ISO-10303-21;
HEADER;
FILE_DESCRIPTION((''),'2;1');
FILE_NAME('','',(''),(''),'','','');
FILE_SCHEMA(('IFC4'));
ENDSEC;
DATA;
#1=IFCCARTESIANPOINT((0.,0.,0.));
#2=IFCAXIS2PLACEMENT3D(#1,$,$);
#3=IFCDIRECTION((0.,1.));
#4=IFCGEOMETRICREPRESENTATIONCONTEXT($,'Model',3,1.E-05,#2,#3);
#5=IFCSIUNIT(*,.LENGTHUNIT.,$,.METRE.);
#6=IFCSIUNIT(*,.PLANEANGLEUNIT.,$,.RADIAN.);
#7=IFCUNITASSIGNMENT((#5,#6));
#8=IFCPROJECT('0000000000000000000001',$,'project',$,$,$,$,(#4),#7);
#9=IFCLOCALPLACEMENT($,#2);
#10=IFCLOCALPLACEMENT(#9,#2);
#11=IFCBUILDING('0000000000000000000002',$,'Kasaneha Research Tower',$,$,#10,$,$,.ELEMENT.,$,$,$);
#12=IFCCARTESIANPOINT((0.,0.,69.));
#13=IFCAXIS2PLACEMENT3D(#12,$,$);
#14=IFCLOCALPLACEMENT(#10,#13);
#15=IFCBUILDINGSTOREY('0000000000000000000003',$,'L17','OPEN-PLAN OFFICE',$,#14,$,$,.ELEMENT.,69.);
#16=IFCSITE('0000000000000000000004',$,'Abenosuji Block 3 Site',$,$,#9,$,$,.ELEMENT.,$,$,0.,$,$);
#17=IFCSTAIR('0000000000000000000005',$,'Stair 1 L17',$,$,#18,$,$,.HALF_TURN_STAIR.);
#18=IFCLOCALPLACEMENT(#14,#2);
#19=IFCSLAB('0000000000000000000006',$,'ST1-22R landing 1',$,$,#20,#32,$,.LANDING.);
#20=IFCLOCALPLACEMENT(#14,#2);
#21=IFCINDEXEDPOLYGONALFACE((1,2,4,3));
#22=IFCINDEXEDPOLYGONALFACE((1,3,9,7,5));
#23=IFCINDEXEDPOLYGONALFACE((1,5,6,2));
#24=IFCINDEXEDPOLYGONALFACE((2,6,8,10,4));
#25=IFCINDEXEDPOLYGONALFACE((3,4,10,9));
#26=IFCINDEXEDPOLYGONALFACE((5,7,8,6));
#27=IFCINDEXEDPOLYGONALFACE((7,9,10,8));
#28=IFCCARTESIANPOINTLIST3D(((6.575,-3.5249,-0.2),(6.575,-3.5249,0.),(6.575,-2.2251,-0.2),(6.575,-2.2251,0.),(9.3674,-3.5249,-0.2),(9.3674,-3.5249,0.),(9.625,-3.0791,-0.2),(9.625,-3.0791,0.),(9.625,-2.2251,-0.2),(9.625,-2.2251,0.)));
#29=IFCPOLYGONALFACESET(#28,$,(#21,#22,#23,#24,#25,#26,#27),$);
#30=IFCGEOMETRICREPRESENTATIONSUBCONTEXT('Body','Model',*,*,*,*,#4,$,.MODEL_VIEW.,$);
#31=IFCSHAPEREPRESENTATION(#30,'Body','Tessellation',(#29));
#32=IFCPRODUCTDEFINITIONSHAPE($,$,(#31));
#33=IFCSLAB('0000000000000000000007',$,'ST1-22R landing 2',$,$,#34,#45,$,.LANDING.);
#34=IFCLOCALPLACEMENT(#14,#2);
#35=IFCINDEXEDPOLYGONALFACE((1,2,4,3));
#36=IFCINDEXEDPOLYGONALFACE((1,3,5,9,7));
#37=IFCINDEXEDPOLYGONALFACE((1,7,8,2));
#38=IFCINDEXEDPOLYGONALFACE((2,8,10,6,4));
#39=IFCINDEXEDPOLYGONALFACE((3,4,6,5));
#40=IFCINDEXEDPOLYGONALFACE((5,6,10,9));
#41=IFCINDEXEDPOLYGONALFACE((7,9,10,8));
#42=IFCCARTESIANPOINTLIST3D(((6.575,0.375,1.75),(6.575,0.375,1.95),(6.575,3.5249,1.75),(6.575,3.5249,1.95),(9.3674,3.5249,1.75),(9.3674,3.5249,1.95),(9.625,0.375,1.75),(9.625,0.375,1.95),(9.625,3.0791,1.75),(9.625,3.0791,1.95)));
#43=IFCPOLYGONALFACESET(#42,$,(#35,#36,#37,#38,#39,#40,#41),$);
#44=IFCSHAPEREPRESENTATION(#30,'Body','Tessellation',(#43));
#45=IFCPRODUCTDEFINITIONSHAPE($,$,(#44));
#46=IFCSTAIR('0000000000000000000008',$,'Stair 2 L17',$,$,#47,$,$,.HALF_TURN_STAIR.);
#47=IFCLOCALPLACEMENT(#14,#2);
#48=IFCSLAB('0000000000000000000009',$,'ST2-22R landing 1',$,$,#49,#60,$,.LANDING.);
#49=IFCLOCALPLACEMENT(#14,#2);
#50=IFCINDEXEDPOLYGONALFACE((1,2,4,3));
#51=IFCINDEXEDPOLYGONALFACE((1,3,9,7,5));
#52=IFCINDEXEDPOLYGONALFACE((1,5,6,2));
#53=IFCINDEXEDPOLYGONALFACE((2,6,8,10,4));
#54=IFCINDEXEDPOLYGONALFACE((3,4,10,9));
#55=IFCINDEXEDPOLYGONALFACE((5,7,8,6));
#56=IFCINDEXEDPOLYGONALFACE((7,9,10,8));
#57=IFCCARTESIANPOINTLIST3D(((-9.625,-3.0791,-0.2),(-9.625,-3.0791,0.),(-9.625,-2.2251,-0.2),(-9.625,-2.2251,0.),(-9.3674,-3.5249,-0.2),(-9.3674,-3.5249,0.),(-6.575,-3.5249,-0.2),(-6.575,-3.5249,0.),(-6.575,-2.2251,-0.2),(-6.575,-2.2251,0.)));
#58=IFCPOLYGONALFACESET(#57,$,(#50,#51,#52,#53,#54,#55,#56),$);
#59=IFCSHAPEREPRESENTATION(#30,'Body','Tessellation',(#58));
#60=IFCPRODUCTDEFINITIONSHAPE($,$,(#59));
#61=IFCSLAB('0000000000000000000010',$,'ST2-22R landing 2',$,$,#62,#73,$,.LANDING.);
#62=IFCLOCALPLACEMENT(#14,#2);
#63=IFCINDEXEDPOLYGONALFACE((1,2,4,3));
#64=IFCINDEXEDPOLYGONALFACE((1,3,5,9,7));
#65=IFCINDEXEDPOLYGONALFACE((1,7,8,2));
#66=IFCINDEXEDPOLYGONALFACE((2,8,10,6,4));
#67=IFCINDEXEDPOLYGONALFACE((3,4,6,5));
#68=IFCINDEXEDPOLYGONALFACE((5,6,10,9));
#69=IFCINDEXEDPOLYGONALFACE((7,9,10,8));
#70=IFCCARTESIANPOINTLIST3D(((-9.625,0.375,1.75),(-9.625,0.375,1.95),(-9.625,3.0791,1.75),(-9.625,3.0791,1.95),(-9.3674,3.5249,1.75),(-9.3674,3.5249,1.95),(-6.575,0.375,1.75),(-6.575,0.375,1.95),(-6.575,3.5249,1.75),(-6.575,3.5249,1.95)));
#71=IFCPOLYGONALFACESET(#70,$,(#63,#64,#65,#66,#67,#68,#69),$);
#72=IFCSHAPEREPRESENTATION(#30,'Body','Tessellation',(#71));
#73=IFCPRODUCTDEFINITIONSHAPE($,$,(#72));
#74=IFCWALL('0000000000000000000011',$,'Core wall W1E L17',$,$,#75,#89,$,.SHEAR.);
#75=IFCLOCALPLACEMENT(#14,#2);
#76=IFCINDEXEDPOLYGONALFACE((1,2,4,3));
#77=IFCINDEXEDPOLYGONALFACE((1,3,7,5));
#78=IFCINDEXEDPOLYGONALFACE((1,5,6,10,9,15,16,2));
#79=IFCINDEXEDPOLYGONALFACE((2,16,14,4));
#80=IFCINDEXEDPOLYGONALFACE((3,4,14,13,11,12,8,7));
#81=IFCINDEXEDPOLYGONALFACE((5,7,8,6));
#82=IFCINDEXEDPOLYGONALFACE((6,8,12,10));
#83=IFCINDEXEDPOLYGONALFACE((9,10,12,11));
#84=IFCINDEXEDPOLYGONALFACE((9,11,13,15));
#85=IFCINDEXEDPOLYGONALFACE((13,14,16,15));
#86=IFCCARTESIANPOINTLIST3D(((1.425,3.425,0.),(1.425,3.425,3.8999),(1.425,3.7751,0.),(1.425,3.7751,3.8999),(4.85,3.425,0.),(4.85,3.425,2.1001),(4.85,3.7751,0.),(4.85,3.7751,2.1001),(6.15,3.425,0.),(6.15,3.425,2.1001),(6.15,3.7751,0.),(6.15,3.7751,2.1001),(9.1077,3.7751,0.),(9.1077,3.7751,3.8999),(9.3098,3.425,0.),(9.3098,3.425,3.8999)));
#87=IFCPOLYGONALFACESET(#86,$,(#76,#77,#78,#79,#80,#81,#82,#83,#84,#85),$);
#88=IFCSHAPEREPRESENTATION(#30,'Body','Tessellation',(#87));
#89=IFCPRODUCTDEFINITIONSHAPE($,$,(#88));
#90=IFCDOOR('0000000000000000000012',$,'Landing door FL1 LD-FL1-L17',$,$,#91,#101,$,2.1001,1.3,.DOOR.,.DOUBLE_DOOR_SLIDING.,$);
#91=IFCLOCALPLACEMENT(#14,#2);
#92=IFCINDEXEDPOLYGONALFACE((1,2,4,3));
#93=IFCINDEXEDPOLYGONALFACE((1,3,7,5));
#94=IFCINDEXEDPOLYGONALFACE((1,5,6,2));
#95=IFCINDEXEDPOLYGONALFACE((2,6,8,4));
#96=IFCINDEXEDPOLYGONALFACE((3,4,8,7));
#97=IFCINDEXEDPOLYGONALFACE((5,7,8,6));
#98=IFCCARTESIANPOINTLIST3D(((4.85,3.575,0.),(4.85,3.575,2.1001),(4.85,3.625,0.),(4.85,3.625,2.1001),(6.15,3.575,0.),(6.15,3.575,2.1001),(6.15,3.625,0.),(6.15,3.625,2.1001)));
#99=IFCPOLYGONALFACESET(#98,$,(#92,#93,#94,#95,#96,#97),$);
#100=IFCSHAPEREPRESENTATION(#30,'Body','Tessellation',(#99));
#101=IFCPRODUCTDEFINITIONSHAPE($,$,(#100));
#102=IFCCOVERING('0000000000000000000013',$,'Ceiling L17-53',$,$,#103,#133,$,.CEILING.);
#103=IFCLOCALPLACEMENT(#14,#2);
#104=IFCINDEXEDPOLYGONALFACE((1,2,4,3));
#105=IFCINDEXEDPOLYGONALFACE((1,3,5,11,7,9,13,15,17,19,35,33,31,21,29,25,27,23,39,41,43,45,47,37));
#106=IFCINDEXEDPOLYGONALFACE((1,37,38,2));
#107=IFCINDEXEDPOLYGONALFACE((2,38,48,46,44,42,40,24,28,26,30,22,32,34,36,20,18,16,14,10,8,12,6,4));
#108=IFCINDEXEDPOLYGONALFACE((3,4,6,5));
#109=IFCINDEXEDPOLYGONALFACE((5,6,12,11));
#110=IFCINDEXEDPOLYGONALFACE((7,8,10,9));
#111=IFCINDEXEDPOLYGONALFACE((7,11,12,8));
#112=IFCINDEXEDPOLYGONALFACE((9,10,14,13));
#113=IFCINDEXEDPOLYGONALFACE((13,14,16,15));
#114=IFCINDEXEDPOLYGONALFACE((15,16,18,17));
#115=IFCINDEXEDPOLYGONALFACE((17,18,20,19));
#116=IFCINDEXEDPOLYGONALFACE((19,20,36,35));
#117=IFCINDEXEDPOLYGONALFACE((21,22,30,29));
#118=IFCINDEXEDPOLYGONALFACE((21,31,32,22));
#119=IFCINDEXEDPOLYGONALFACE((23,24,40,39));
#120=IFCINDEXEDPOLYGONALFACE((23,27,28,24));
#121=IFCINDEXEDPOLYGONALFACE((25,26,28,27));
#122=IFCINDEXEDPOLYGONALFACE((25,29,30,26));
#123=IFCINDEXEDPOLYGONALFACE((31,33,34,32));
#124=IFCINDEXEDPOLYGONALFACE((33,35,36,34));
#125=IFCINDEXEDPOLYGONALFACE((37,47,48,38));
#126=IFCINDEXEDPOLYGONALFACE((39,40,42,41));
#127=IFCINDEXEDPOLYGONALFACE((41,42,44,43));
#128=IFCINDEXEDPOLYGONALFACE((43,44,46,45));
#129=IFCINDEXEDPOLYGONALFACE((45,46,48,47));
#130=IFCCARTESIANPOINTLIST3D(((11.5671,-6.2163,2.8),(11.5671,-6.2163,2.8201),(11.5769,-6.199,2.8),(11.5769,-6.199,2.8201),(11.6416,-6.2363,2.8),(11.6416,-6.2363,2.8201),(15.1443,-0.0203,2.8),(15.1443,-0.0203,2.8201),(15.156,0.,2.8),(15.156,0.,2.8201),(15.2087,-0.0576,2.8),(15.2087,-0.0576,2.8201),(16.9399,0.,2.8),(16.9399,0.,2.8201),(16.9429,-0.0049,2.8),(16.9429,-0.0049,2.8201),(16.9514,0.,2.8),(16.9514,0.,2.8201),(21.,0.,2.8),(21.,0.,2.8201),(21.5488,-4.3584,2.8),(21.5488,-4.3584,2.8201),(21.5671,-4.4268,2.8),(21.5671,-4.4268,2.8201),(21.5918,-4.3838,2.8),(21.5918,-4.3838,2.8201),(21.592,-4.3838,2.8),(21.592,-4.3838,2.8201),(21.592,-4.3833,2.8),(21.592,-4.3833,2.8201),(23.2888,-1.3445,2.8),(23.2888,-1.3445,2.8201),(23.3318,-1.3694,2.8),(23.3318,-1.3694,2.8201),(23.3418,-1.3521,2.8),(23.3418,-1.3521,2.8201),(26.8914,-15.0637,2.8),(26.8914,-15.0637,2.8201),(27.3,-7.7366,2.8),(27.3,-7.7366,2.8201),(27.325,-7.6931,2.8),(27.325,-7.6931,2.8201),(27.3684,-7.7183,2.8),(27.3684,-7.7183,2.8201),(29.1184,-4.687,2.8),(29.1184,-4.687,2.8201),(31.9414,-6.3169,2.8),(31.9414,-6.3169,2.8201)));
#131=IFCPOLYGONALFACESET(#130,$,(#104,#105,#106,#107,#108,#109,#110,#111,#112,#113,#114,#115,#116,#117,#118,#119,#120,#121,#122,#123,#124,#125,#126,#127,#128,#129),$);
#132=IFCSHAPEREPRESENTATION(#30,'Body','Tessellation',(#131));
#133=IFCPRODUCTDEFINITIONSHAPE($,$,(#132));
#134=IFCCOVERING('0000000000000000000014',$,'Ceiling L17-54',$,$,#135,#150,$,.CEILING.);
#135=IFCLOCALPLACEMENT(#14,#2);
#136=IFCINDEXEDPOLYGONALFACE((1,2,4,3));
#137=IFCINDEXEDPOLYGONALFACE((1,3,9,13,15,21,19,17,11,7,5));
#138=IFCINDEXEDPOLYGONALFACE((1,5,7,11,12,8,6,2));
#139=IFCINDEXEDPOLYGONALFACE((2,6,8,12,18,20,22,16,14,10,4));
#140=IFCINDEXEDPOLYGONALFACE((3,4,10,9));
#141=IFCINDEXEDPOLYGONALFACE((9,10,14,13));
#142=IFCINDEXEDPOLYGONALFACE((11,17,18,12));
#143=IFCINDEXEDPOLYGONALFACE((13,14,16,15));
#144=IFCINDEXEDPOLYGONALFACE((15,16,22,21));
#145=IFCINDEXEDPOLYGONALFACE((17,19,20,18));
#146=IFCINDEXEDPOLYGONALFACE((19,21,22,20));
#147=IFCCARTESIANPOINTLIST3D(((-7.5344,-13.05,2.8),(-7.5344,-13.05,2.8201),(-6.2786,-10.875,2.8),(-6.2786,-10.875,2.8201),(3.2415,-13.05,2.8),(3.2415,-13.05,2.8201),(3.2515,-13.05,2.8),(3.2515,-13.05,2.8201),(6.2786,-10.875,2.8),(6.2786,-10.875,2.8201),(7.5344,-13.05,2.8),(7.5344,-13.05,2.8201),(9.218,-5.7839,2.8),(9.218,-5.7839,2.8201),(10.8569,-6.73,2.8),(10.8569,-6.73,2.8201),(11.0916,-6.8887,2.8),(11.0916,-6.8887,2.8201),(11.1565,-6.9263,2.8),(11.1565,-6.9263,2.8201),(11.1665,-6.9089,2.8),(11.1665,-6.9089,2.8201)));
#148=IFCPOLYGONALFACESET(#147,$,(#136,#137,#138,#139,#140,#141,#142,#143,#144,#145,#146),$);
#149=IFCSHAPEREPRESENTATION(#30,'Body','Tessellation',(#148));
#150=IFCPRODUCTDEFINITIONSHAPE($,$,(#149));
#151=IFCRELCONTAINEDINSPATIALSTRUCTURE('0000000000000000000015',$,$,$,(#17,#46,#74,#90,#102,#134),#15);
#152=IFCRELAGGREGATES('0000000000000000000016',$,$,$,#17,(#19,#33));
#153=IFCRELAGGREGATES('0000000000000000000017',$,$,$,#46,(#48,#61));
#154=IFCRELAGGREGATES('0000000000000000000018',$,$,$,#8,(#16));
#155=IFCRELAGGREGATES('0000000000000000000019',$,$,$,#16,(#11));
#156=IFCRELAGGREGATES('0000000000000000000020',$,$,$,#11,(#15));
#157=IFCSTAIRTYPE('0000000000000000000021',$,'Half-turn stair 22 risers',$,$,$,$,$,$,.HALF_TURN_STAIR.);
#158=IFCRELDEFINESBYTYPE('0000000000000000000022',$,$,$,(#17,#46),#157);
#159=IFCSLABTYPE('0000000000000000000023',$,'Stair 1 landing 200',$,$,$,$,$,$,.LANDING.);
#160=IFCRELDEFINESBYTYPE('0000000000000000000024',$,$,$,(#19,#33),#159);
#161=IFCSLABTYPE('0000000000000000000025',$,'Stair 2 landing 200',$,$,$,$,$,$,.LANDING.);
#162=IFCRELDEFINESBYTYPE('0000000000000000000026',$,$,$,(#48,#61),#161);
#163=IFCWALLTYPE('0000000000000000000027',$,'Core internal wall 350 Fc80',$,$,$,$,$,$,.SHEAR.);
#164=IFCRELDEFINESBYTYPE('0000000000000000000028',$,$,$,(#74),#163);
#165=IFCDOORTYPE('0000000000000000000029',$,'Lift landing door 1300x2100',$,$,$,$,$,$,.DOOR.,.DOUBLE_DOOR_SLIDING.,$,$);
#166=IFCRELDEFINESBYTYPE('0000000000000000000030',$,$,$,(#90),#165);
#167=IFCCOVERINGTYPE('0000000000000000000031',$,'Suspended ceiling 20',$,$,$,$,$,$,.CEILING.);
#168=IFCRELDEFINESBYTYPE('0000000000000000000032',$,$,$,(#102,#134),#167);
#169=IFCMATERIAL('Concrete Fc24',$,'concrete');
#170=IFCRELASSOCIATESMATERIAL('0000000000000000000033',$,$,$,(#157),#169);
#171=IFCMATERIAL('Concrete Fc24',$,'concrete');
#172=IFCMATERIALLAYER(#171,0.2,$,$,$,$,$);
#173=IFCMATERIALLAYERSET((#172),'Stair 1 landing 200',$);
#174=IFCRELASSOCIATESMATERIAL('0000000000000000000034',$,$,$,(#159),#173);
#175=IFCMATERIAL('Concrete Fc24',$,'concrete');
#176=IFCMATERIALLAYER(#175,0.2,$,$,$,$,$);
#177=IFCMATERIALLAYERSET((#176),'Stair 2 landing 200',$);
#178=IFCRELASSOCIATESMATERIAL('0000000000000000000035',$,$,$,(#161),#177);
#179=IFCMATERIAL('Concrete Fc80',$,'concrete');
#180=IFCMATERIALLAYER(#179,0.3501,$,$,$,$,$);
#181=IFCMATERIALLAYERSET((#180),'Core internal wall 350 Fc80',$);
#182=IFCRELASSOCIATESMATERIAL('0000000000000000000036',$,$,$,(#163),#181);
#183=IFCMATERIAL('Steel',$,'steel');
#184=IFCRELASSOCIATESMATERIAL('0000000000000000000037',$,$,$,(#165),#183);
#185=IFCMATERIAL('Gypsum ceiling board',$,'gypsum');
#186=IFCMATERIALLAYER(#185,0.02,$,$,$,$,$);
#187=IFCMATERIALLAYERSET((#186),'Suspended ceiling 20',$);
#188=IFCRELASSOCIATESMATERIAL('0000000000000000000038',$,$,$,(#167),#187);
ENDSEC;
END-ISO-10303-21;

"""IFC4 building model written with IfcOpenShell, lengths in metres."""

from ifc_helpers import new_model, si_unit, direction, frame, frame_2d, origin, place, context, subcontext, project, spatial, polyline, rectangle, outline, extrude, material, layer, layer_set, type_object, element, fill, aggregate, save


model = new_model("IFC4")

# Units and contexts
model_context = context("Model", 3, precision=1e-05, world=origin(), true_north=direction((0.0, 1.0)))
body_context = subcontext(model_context, "Body", "Model", "MODEL_VIEW")
ifc_project = project(units=[si_unit("LENGTHUNIT", "METRE"), si_unit("PLANEANGLEUNIT", "RADIAN")], contexts=[model_context])

# Site, building, storey
site_placement = place(None, origin())
site = spatial("IfcSite", under=ifc_project, at=site_placement, Name="Abenosuji Block 3 Site", CompositionType="ELEMENT", RefElevation=0.0)
building_placement = place(site_placement, origin())
building = spatial("IfcBuilding", under=site, at=building_placement, Name="Kasaneha Research Tower", CompositionType="ELEMENT")
storey_placement = place(building_placement, frame((0.0, 0.0, 69.0)))
storey = spatial("IfcBuildingStorey", under=building, at=storey_placement, Name="L17", Description="OPEN-PLAN OFFICE", CompositionType="ELEMENT", Elevation=69.0)

# Stairs, slabs
ifc_material_1 = material(Name="Concrete Fc24", Category="concrete")
stair_type = type_object("IfcStairType", Name="Half-turn stair 22 risers", PredefinedType="HALF_TURN_STAIR", material=ifc_material_1)
stair_1_placement = place(storey_placement, origin())
stair_1 = element("IfcStair", 1, at=stair_1_placement, inside=storey, type_object=stair_type, Name="Stair 1 L17", PredefinedType="HALF_TURN_STAIR")
ifc_material_2 = material(Name="Concrete Fc24", Category="concrete")
ifc_layer_1 = layer(ifc_material_2, 0.2)
ifc_layer_set_1 = layer_set([ifc_layer_1], Name="Stair 1 landing 200")
slab_type_1 = type_object("IfcSlabType", Name="Stair 1 landing 200", PredefinedType="LANDING", material=ifc_layer_set_1)
slab_1_placement = place(storey_placement, frame((0.0, 0.0, -0.2)))
slab_1 = element("IfcSlab", 2, at=slab_1_placement, type_object=slab_type_1, Name="ST1-22R landing 1", PredefinedType="LANDING", context=body_context, shape_type="SweptSolid", body=[
    extrude(outline(polyline([(9.3674, -3.5249), (6.575, -3.5249), (6.575, -2.2251), (9.625, -2.2251), (9.625, -3.0791), (9.3674, -3.5249)])), origin(), (0.0, 0.0, 1.0), 0.2),
])
slab_2_placement = place(storey_placement, frame((0.0, 0.0, 1.75)))
slab_2 = element("IfcSlab", 3, at=slab_2_placement, type_object=slab_type_1, Name="ST1-22R landing 2", PredefinedType="LANDING", context=body_context, shape_type="SweptSolid", body=[
    extrude(outline(polyline([(6.575, 3.5249), (9.3674, 3.5249), (9.625, 3.0791), (9.625, 0.375), (6.575, 0.375), (6.575, 3.5249)])), origin(), (0.0, 0.0, 1.0), 0.2),
])
aggregate(stair_1, [slab_1, slab_2])
stair_2_placement = place(storey_placement, origin())
stair_2 = element("IfcStair", 4, at=stair_2_placement, inside=storey, type_object=stair_type, Name="Stair 2 L17", PredefinedType="HALF_TURN_STAIR")
ifc_material_3 = material(Name="Concrete Fc24", Category="concrete")
ifc_layer_2 = layer(ifc_material_3, 0.2)
ifc_layer_set_2 = layer_set([ifc_layer_2], Name="Stair 2 landing 200")
slab_type_2 = type_object("IfcSlabType", Name="Stair 2 landing 200", PredefinedType="LANDING", material=ifc_layer_set_2)
slab_3_placement = place(storey_placement, frame((0.0, 0.0, -0.2)))
slab_3 = element("IfcSlab", 5, at=slab_3_placement, type_object=slab_type_2, Name="ST2-22R landing 1", PredefinedType="LANDING", context=body_context, shape_type="SweptSolid", body=[
    extrude(outline(polyline([(-6.575, -3.5249), (-9.3674, -3.5249), (-9.625, -3.0791), (-9.625, -2.2251), (-6.575, -2.2251), (-6.575, -3.5249)])), origin(), (0.0, 0.0, 1.0), 0.2),
])
slab_4_placement = place(storey_placement, frame((0.0, 0.0, 1.75)))
slab_4 = element("IfcSlab", 6, at=slab_4_placement, type_object=slab_type_2, Name="ST2-22R landing 2", PredefinedType="LANDING", context=body_context, shape_type="SweptSolid", body=[
    extrude(outline(polyline([(-6.575, 0.375), (-9.625, 0.375), (-9.625, 3.0791), (-9.3674, 3.5249), (-6.575, 3.5249), (-6.575, 0.375)])), origin(), (0.0, 0.0, 1.0), 0.2),
])
aggregate(stair_2, [slab_3, slab_4])

# Wall, opening, door
ifc_material_4 = material(Name="Concrete Fc80", Category="concrete")
ifc_layer_3 = layer(ifc_material_4, 0.3501)
ifc_layer_set_3 = layer_set([ifc_layer_3], Name="Core internal wall 350 Fc80")
wall_type = type_object("IfcWallType", Name="Core internal wall 350 Fc80", PredefinedType="SHEAR", material=ifc_layer_set_3)
wall_placement = place(storey_placement, frame((1.425, 3.6001, 0.0), z_axis=(0.0, 0.0, 1.0), x_axis=(1.0, 0.0, 0.0)))
wall = element("IfcWall", 7, at=wall_placement, inside=storey, type_object=wall_type, Name="Core wall W1E L17", PredefinedType="SHEAR", context=body_context, shape_type="SweptSolid", body=[
    extrude(outline(polyline([(0.0, -0.175), (3.425, -0.175), (4.7251, -0.175), (7.8848, -0.175), (7.6826, 0.175), (4.7251, 0.175), (3.425, 0.175), (0.0, 0.175), (0.0, -0.175)])), origin(), (0.0, 0.0, 1.0), 3.8999),
])
opening_placement = place(wall_placement, frame((3.425, 0.0, 0.0)))
opening = element("IfcOpeningElement", 8, at=opening_placement, cuts=wall, PredefinedType="OPENING", context=body_context, shape_type="SweptSolid", body=[
    extrude(rectangle(XDim=1.3, YDim=2.1001, at=frame_2d((0.6499, 1.05))), frame((0.0, 0.1851, 0.0), z_axis=(0.0, -1.0, 0.0), x_axis=(1.0, 0.0, 0.0)), (0.0, 0.0, 1.0), 0.3701),
])
ifc_material_5 = material(Name="Steel", Category="steel")
door_type = type_object("IfcDoorType", Name="Lift landing door 1300x2100", OperationType="DOUBLE_DOOR_SLIDING", PredefinedType="DOOR", material=ifc_material_5)
door_placement = place(opening_placement, origin())
door = element("IfcDoor", 9, at=door_placement, inside=storey, type_object=door_type, Name="Landing door FL1 LD-FL1-L17", OperationType="DOUBLE_DOOR_SLIDING", OverallHeight=2.1001, OverallWidth=1.3, PredefinedType="DOOR", context=body_context, shape_type="SweptSolid", body=[
    extrude(rectangle(XDim=1.3, YDim=2.1001, at=frame_2d((0.6499, 1.05))), frame((0.0, 0.0249, 0.0), z_axis=(0.0, -1.0, 0.0), x_axis=(1.0, 0.0, 0.0)), (0.0, 0.0, 1.0), 0.05),
])
fill(opening, door)

# Coverings
ifc_material_6 = material(Name="Gypsum ceiling board", Category="gypsum")
ifc_layer_4 = layer(ifc_material_6, 0.02)
ifc_layer_set_4 = layer_set([ifc_layer_4], Name="Suspended ceiling 20")
covering_type_1 = type_object("IfcCoveringType", Name="Suspended ceiling 20", PredefinedType="CEILING", material=ifc_layer_set_4)
covering_1_placement = place(storey_placement, frame((0.0, 0.0, 2.8)))
element("IfcCovering", 10, at=covering_1_placement, inside=storey, type_object=covering_type_1, Name="Ceiling L17-53", PredefinedType="CEILING", context=body_context, shape_type="SweptSolid", body=[
    extrude(outline(polyline([(16.9399, 0.0), (16.9429, -0.0049), (16.9514, 0.0), (21.0, 0.0), (23.3418, -1.3521), (23.3318, -1.3694), (23.2888, -1.3445), (21.5488, -4.3584), (21.592, -4.3833), (21.5918, -4.3838), (21.592, -4.3838), (21.5671, -4.4268), (27.3, -7.7366), (27.325, -7.6931), (27.3684, -7.7183), (29.1184, -4.687), (31.9414, -6.3169), (26.8914, -15.0637), (11.5671, -6.2163), (11.5769, -6.199), (11.6416, -6.2363), (15.2087, -0.0576), (15.1443, -0.0203), (15.156, 0.0), (16.9399, 0.0)])), origin(), (0.0, 0.0, 1.0), 0.02),
])
covering_2_placement = place(storey_placement, frame((0.0, 0.0, 2.8)))
element("IfcCovering", 11, at=covering_2_placement, inside=storey, type_object=covering_type_1, Name="Ceiling L17-54", PredefinedType="CEILING", context=body_context, shape_type="SweptSolid", body=[
    extrude(outline(polyline([(-6.2786, -10.875), (6.2786, -10.875), (9.218, -5.7839), (10.8569, -6.73), (11.1665, -6.9089), (11.1565, -6.9263), (11.0916, -6.8887), (7.5344, -13.05), (3.2515, -13.05), (3.2415, -13.05), (-7.5344, -13.05), (-6.2786, -10.875)])), origin(), (0.0, 0.0, 1.0), 0.02),
])

save(model, "model.ifc")
